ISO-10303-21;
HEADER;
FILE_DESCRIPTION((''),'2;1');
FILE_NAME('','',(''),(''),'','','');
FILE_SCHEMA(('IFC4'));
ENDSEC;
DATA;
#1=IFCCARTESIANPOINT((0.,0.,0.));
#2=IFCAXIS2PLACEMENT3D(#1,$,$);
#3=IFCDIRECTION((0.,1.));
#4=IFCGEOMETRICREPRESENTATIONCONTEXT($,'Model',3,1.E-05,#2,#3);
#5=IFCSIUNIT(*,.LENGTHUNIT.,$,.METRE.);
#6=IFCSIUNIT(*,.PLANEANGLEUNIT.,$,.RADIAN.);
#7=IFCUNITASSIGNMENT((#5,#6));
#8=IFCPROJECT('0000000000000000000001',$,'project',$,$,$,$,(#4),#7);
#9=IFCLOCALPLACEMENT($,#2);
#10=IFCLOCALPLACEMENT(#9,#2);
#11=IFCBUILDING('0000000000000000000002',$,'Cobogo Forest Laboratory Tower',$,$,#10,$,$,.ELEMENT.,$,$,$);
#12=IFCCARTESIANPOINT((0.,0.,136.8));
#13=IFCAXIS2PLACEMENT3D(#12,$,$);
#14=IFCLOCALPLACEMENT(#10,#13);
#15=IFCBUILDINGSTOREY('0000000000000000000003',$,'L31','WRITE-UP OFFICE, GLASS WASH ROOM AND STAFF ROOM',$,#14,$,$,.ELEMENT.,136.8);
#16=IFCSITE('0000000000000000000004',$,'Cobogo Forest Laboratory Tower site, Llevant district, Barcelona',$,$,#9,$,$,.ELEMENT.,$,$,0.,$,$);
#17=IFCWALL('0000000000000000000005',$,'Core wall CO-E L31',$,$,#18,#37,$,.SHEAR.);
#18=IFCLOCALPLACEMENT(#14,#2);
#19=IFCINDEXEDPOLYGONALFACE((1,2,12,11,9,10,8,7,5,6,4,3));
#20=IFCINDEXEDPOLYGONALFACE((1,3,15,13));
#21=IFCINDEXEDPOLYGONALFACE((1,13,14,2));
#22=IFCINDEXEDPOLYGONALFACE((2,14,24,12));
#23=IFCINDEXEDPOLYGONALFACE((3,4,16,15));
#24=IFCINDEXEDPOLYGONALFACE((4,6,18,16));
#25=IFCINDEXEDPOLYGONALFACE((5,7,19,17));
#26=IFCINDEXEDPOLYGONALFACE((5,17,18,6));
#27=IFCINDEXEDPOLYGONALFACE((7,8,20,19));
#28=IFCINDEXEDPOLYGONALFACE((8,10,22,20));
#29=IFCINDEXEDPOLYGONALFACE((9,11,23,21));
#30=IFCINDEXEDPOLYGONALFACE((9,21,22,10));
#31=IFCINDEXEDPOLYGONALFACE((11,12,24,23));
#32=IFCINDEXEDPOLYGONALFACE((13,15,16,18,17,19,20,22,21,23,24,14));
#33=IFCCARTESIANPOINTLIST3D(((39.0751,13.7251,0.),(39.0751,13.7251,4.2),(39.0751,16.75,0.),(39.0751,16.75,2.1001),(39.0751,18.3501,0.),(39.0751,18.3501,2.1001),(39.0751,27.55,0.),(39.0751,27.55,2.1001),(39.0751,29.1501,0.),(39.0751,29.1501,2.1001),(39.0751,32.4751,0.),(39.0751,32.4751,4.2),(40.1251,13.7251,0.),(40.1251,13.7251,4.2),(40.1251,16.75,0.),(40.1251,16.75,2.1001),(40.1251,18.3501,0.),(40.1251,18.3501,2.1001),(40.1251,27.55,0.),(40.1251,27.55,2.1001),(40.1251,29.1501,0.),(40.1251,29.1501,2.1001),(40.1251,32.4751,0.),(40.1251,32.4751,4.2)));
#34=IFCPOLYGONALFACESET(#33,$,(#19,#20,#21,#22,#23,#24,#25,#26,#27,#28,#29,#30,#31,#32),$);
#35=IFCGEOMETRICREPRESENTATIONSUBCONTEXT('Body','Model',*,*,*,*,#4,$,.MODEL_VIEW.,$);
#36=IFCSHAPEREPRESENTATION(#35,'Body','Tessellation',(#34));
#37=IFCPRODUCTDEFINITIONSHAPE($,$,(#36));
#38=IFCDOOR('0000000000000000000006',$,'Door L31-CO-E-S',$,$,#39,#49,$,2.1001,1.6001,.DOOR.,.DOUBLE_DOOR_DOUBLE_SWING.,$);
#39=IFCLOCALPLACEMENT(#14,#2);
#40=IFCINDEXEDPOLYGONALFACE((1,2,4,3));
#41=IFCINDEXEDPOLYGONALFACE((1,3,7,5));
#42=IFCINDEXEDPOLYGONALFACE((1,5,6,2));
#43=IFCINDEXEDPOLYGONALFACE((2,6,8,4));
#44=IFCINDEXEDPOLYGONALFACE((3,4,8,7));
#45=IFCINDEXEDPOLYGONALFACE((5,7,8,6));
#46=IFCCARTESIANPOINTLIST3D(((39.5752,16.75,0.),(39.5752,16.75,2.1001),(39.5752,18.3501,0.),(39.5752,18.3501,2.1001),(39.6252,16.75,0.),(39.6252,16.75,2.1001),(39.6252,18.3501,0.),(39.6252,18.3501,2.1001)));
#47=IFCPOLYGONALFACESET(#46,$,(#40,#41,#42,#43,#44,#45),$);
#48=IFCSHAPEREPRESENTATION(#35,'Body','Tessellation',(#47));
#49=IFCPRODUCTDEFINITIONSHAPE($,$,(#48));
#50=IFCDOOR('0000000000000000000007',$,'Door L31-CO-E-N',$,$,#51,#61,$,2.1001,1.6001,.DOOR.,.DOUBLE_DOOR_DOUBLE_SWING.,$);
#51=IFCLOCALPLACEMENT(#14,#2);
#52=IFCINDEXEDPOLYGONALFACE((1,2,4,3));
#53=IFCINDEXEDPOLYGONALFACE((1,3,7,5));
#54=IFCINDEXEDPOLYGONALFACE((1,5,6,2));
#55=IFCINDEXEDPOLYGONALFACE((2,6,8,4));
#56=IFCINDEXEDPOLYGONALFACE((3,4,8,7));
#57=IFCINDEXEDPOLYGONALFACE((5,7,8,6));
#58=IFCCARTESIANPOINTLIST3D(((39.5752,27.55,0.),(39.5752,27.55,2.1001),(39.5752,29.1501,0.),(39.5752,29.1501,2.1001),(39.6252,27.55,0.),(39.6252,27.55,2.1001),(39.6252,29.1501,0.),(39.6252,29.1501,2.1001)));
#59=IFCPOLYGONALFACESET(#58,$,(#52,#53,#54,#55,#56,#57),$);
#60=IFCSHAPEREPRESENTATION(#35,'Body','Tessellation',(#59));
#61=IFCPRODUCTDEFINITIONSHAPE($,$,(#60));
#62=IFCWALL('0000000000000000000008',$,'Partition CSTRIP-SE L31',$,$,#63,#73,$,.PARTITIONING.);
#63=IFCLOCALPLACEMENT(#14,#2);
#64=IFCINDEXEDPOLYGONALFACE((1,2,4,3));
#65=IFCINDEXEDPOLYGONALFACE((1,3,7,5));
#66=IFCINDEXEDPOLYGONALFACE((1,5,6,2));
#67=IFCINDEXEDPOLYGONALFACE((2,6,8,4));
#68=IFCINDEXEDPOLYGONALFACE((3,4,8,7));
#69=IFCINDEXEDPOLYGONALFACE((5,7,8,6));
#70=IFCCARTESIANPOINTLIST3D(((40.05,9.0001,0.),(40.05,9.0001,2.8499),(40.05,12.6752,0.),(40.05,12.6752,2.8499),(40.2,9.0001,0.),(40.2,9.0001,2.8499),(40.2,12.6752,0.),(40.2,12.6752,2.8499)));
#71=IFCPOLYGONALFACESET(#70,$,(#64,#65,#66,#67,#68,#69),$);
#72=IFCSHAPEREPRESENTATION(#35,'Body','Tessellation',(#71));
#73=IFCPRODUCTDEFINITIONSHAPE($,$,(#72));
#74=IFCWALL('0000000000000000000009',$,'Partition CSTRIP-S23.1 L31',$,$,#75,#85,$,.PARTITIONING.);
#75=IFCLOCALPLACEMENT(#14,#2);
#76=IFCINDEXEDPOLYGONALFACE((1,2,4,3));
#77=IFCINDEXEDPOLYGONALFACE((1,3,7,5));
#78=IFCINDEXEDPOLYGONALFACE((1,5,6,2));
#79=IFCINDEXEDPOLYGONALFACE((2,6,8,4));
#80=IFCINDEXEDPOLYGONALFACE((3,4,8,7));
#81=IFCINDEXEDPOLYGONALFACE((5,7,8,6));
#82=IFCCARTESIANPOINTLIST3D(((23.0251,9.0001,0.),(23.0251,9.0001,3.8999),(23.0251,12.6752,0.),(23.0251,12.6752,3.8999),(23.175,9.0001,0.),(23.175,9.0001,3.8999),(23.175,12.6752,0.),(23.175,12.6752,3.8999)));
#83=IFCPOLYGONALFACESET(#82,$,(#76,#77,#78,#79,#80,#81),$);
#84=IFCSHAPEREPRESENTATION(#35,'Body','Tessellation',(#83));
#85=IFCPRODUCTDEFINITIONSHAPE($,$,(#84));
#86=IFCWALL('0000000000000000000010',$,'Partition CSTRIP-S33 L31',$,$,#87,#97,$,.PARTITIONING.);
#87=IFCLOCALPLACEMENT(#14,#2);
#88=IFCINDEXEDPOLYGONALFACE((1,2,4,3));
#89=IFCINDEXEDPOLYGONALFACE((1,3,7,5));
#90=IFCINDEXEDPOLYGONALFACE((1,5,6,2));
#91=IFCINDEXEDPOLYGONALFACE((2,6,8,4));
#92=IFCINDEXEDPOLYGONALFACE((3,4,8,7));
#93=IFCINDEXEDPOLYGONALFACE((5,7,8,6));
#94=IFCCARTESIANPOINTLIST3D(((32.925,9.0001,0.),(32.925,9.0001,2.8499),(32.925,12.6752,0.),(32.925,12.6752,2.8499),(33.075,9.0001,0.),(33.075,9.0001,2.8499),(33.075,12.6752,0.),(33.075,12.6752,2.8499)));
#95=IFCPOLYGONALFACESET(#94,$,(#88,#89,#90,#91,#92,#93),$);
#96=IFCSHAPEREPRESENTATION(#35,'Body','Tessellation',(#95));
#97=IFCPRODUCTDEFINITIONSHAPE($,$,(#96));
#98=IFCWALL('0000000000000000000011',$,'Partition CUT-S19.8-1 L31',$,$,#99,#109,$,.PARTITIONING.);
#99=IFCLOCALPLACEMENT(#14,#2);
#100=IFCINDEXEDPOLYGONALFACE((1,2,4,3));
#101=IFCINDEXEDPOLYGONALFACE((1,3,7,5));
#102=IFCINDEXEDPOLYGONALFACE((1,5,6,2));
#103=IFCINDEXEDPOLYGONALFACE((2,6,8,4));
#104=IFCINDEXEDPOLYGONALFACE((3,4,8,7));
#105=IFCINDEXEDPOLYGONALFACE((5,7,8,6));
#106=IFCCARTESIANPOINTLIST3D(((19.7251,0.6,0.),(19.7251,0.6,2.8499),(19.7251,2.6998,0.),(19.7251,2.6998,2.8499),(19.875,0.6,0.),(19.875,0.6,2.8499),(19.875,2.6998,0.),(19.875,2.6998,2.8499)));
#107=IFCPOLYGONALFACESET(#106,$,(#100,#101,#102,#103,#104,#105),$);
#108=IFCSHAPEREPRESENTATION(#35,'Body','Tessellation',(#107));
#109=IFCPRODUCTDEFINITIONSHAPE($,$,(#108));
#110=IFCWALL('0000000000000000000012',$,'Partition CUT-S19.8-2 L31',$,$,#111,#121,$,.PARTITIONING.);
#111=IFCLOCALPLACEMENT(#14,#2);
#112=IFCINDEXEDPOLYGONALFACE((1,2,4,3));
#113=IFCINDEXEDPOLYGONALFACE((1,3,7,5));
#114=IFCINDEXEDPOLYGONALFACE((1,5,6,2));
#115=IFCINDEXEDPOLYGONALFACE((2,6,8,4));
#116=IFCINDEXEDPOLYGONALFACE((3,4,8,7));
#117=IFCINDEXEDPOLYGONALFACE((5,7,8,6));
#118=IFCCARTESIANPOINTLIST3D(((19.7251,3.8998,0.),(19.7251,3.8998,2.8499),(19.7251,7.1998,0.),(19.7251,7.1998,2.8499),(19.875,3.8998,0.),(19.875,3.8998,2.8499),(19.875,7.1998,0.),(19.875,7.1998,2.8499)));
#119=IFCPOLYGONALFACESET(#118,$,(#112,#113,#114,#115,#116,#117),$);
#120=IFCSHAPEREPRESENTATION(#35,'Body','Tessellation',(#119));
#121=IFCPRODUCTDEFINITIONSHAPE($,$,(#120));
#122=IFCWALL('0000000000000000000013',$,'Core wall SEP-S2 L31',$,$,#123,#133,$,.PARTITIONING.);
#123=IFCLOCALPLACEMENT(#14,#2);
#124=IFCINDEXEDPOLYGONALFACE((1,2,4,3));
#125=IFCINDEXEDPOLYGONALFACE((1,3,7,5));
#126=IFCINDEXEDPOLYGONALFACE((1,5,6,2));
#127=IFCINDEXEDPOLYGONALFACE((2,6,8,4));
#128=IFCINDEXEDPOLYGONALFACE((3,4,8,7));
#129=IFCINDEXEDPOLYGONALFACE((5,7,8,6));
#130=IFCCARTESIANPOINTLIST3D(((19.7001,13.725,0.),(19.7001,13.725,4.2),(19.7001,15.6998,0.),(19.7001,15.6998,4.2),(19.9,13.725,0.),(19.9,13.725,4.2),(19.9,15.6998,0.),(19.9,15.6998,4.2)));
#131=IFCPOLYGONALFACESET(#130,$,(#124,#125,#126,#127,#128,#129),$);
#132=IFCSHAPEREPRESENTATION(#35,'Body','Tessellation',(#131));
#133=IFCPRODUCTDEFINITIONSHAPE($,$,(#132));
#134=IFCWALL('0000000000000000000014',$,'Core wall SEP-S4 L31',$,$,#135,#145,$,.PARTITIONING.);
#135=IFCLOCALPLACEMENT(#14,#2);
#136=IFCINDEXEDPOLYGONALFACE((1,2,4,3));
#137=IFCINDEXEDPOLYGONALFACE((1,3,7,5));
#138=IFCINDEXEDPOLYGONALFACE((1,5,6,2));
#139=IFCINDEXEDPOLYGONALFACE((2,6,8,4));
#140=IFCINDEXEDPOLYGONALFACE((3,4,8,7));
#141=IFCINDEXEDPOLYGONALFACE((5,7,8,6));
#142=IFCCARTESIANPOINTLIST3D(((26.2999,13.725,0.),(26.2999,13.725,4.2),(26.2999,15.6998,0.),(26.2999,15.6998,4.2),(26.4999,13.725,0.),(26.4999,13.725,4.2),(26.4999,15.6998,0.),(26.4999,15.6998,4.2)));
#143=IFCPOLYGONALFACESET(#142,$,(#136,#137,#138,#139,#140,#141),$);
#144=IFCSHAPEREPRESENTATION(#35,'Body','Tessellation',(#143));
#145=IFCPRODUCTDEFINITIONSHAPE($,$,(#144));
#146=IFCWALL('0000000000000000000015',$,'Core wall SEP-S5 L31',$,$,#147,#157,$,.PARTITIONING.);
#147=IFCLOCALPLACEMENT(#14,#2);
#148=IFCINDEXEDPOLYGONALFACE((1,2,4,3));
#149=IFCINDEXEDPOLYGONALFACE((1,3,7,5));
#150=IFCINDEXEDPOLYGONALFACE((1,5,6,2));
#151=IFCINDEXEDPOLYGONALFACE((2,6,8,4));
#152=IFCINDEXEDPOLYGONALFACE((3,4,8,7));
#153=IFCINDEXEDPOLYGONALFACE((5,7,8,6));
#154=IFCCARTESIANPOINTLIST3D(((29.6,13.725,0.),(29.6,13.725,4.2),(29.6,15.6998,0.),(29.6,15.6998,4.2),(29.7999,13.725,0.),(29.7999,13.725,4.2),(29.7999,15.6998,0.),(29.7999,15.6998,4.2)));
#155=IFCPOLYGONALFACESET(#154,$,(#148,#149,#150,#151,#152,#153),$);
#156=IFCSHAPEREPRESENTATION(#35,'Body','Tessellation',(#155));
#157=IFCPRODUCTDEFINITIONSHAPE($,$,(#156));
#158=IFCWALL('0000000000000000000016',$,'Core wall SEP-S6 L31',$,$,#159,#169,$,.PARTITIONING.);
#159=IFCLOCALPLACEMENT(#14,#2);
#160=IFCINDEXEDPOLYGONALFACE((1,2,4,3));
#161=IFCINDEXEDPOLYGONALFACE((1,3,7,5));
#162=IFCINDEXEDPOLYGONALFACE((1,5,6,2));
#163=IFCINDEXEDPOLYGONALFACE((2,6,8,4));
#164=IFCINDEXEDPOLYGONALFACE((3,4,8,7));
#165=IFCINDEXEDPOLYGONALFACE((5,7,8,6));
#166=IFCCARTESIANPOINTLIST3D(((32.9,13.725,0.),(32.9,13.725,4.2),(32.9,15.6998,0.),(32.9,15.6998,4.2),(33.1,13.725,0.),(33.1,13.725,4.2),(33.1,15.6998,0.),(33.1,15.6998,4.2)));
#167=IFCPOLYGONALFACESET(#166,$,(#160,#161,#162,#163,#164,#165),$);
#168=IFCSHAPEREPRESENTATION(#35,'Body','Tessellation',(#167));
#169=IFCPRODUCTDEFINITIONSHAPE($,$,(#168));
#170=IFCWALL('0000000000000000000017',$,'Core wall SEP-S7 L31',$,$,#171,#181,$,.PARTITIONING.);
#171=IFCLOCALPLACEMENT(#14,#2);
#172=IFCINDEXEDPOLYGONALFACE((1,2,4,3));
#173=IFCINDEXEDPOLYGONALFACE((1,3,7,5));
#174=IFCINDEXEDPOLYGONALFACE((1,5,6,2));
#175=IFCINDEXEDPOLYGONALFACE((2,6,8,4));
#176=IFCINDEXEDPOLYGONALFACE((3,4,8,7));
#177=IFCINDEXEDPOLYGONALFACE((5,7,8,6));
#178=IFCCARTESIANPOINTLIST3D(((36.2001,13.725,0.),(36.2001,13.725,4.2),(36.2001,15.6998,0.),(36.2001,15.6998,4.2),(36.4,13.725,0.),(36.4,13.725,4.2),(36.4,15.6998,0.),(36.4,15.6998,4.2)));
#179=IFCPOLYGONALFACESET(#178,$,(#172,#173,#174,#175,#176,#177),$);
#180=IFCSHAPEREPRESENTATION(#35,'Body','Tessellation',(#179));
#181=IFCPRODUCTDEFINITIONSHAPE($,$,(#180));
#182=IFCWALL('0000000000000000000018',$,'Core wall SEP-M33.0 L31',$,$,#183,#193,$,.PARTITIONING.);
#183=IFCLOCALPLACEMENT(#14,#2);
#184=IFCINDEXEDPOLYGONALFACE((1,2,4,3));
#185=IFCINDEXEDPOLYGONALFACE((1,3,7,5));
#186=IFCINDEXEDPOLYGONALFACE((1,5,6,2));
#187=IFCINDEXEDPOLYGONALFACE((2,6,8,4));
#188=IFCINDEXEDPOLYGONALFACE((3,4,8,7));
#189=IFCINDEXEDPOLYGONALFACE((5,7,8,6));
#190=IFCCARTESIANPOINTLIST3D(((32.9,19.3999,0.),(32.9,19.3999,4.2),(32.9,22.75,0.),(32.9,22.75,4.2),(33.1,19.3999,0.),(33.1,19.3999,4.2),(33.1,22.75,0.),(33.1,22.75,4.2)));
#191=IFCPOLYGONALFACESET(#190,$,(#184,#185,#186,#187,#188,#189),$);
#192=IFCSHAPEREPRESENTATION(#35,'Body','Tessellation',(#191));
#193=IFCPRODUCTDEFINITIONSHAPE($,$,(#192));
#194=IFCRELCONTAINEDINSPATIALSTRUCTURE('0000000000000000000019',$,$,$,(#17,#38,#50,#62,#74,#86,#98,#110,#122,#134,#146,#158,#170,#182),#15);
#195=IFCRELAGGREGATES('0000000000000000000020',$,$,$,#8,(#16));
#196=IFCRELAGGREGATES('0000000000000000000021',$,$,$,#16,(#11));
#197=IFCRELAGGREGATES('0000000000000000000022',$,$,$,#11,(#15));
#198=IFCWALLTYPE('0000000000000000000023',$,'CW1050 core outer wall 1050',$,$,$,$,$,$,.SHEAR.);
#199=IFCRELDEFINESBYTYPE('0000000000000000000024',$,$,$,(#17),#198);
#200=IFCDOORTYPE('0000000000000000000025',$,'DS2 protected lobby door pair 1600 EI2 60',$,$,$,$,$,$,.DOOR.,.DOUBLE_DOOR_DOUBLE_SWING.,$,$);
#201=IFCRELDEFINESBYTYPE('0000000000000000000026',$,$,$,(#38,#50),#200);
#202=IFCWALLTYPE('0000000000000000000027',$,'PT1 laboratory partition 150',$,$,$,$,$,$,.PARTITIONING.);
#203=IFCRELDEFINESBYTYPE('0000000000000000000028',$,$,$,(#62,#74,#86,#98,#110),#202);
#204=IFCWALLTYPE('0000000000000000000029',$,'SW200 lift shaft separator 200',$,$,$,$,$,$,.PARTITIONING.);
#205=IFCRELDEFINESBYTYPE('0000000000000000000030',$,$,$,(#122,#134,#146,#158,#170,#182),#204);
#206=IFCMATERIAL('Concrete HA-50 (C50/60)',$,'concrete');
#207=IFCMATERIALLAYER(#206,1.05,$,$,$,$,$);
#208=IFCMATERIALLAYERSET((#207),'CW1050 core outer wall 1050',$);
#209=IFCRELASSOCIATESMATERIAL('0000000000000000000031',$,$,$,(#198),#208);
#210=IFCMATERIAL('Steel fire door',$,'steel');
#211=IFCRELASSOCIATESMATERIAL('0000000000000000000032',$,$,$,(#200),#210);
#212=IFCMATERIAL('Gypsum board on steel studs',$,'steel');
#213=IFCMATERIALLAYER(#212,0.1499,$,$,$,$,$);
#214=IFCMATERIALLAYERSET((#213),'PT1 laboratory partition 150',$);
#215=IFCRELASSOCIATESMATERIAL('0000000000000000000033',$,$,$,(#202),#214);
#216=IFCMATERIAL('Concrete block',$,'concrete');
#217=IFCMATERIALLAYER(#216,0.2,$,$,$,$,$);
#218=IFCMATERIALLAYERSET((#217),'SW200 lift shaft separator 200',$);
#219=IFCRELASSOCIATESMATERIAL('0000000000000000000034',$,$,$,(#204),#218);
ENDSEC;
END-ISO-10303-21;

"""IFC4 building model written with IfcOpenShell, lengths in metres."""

from ifc_helpers import new_model, si_unit, direction, frame, frame_2d, origin, place, context, subcontext, project, spatial, rectangle, extrude, material, layer, layer_set, type_object, element, fill, save


model = new_model("IFC4")

# Units and contexts
model_context = context("Model", 3, precision=1e-05, world=origin(), true_north=direction((0.0, 1.0)))
body_context = subcontext(model_context, "Body", "Model", "MODEL_VIEW")
ifc_project = project(units=[si_unit("LENGTHUNIT", "METRE"), si_unit("PLANEANGLEUNIT", "RADIAN")], contexts=[model_context])

# Site, building, storey
site_placement = place(None, origin())
site = spatial("IfcSite", under=ifc_project, at=site_placement, Name="Cobogo Forest Laboratory Tower site, Llevant district, Barcelona", CompositionType="ELEMENT", RefElevation=0.0)
building_placement = place(site_placement, origin())
building = spatial("IfcBuilding", under=site, at=building_placement, Name="Cobogo Forest Laboratory Tower", CompositionType="ELEMENT")
storey_placement = place(building_placement, frame((0.0, 0.0, 136.8)))
storey = spatial("IfcBuildingStorey", under=building, at=storey_placement, Name="L31", Description="WRITE-UP OFFICE, GLASS WASH ROOM AND STAFF ROOM", CompositionType="ELEMENT", Elevation=136.8)

# Shared definitions
ifc_material_1 = material(Name="Concrete HA-50 (C50/60)", Category="concrete")

# Wall, openings, doors
ifc_layer_1 = layer(ifc_material_1, 1.05)
ifc_layer_set_1 = layer_set([ifc_layer_1], Name="CW1050 core outer wall 1050")
wall_type_1 = type_object("IfcWallType", Name="CW1050 core outer wall 1050", PredefinedType="SHEAR", material=ifc_layer_set_1)
wall_1_placement = place(storey_placement, frame((39.6001, 13.7251, 0.0), z_axis=(0.0, 0.0, 1.0), x_axis=(0.0, 1.0, 0.0)))
wall_1 = element("IfcWall", 1, at=wall_1_placement, inside=storey, type_object=wall_type_1, Name="Core wall CO-E L31", PredefinedType="SHEAR", context=body_context, shape_type="SweptSolid", body=[
    extrude(rectangle(XDim=18.75, YDim=1.05, at=frame_2d((9.375, 0.0))), origin(), (0.0, 0.0, 1.0), 4.2),
])
opening_1_placement = place(wall_1_placement, frame((3.0249, 0.0, 0.0)))
opening_1 = element("IfcOpeningElement", 2, at=opening_1_placement, cuts=wall_1, PredefinedType="OPENING", context=body_context, shape_type="SweptSolid", body=[
    extrude(rectangle(XDim=1.6001, YDim=2.1001, at=frame_2d((0.8, 1.05))), frame((0.0, 0.5349, 0.0), z_axis=(0.0, -1.0, 0.0), x_axis=(1.0, 0.0, 0.0)), (0.0, 0.0, 1.0), 1.0701),
])
opening_2_placement = place(wall_1_placement, frame((13.825, 0.0, 0.0)))
opening_2 = element("IfcOpeningElement", 3, at=opening_2_placement, cuts=wall_1, PredefinedType="OPENING", context=body_context, shape_type="SweptSolid", body=[
    extrude(rectangle(XDim=1.6001, YDim=2.1001, at=frame_2d((0.8, 1.05))), frame((0.0, 0.5349, 0.0), z_axis=(0.0, -1.0, 0.0), x_axis=(1.0, 0.0, 0.0)), (0.0, 0.0, 1.0), 1.0701),
])
ifc_material_2 = material(Name="Steel fire door", Category="steel")
door_type = type_object("IfcDoorType", Name="DS2 protected lobby door pair 1600 EI2 60", OperationType="DOUBLE_DOOR_DOUBLE_SWING", PredefinedType="DOOR", material=ifc_material_2)
door_1_placement = place(opening_1_placement, origin())
door_1 = element("IfcDoor", 4, at=door_1_placement, inside=storey, type_object=door_type, Name="Door L31-CO-E-S", OperationType="DOUBLE_DOOR_DOUBLE_SWING", OverallHeight=2.1001, OverallWidth=1.6001, PredefinedType="DOOR", context=body_context, shape_type="SweptSolid", body=[
    extrude(rectangle(XDim=1.6001, YDim=2.1001, at=frame_2d((0.8, 1.05))), frame((0.0, 0.0249, 0.0), z_axis=(0.0, -1.0, 0.0), x_axis=(1.0, 0.0, 0.0)), (0.0, 0.0, 1.0), 0.05),
])
fill(opening_1, door_1)
door_2_placement = place(opening_2_placement, origin())
door_2 = element("IfcDoor", 5, at=door_2_placement, inside=storey, type_object=door_type, Name="Door L31-CO-E-N", OperationType="DOUBLE_DOOR_DOUBLE_SWING", OverallHeight=2.1001, OverallWidth=1.6001, PredefinedType="DOOR", context=body_context, shape_type="SweptSolid", body=[
    extrude(rectangle(XDim=1.6001, YDim=2.1001, at=frame_2d((0.8, 1.05))), frame((0.0, 0.0249, 0.0), z_axis=(0.0, -1.0, 0.0), x_axis=(1.0, 0.0, 0.0)), (0.0, 0.0, 1.0), 0.05),
])
fill(opening_2, door_2)

# Walls
ifc_material_3 = material(Name="Gypsum board on steel studs", Category="steel")
ifc_layer_2 = layer(ifc_material_3, 0.1499)
ifc_layer_set_2 = layer_set([ifc_layer_2], Name="PT1 laboratory partition 150")
wall_type_2 = type_object("IfcWallType", Name="PT1 laboratory partition 150", PredefinedType="PARTITIONING", material=ifc_layer_set_2)
wall_2_placement = place(storey_placement, frame((40.125, 12.675, 0.0), z_axis=(0.0, 0.0, 1.0), x_axis=(0.0, -1.0, 0.0)))
element("IfcWall", 6, at=wall_2_placement, inside=storey, type_object=wall_type_2, Name="Partition CSTRIP-SE L31", PredefinedType="PARTITIONING", context=body_context, shape_type="SweptSolid", body=[
    extrude(rectangle(XDim=3.675, YDim=0.1499, at=frame_2d((1.8374, 0.0))), origin(), (0.0, 0.0, 1.0), 2.8499),
])
wall_3_placement = place(storey_placement, frame((23.1001, 12.675, 0.0), z_axis=(0.0, 0.0, 1.0), x_axis=(0.0, -1.0, 0.0)))
element("IfcWall", 7, at=wall_3_placement, inside=storey, type_object=wall_type_2, Name="Partition CSTRIP-S23.1 L31", PredefinedType="PARTITIONING", context=body_context, shape_type="SweptSolid", body=[
    extrude(rectangle(XDim=3.675, YDim=0.1499, at=frame_2d((1.8374, 0.0))), origin(), (0.0, 0.0, 1.0), 3.8999),
])
wall_4_placement = place(storey_placement, frame((33.0, 12.675, 0.0), z_axis=(0.0, 0.0, 1.0), x_axis=(0.0, -1.0, 0.0)))
element("IfcWall", 8, at=wall_4_placement, inside=storey, type_object=wall_type_2, Name="Partition CSTRIP-S33 L31", PredefinedType="PARTITIONING", context=body_context, shape_type="SweptSolid", body=[
    extrude(rectangle(XDim=3.675, YDim=0.1499, at=frame_2d((1.8374, 0.0))), origin(), (0.0, 0.0, 1.0), 2.8499),
])
wall_5_placement = place(storey_placement, frame((19.8, 0.6001, 0.0), z_axis=(0.0, 0.0, 1.0), x_axis=(0.0, 1.0, 0.0)))
element("IfcWall", 9, at=wall_5_placement, inside=storey, type_object=wall_type_2, Name="Partition CUT-S19.8-1 L31", PredefinedType="PARTITIONING", context=body_context, shape_type="SweptSolid", body=[
    extrude(rectangle(XDim=2.0999, YDim=0.1499, at=frame_2d((1.0498, 0.0))), origin(), (0.0, 0.0, 1.0), 2.8499),
])
wall_6_placement = place(storey_placement, frame((19.8, 3.8999, 0.0), z_axis=(0.0, 0.0, 1.0), x_axis=(0.0, 1.0, 0.0)))
element("IfcWall", 10, at=wall_6_placement, inside=storey, type_object=wall_type_2, Name="Partition CUT-S19.8-2 L31", PredefinedType="PARTITIONING", context=body_context, shape_type="SweptSolid", body=[
    extrude(rectangle(XDim=3.3, YDim=0.1499, at=frame_2d((1.6499, 0.0))), origin(), (0.0, 0.0, 1.0), 2.8499),
])
ifc_material_4 = material(Name="Concrete block", Category="concrete")
ifc_layer_3 = layer(ifc_material_4, 0.2)
ifc_layer_set_3 = layer_set([ifc_layer_3], Name="SW200 lift shaft separator 200")
wall_type_3 = type_object("IfcWallType", Name="SW200 lift shaft separator 200", PredefinedType="PARTITIONING", material=ifc_layer_set_3)
for number, where, z_axis, x_axis, name in (
    (11, (19.8, 13.7251, 0.0), (0.0, 0.0, 1.0), (0.0, 1.0, 0.0), "Core wall SEP-S2 L31"),
    (12, (26.3999, 13.7251, 0.0), (0.0, 0.0, 1.0), (0.0, 1.0, 0.0), "Core wall SEP-S4 L31"),
    (13, (29.7, 13.7251, 0.0), (0.0, 0.0, 1.0), (0.0, 1.0, 0.0), "Core wall SEP-S5 L31"),
    (14, (33.0, 13.7251, 0.0), (0.0, 0.0, 1.0), (0.0, 1.0, 0.0), "Core wall SEP-S6 L31"),
    (15, (36.3, 13.7251, 0.0), (0.0, 0.0, 1.0), (0.0, 1.0, 0.0), "Core wall SEP-S7 L31"),
):
    element("IfcWall", number, at=place(storey_placement, frame(where, z_axis=z_axis, x_axis=x_axis)), inside=storey, type_object=wall_type_3, Name=name, PredefinedType="PARTITIONING", context=body_context, shape_type="SweptSolid", body=[
        extrude(rectangle(XDim=1.9749, YDim=0.2, at=frame_2d((0.9873, 0.0))), origin(), (0.0, 0.0, 1.0), 4.2),
    ])
for number, where, z_axis, x_axis, name in (
    (16, (33.0, 19.3999, 0.0), (0.0, 0.0, 1.0), (0.0, 1.0, 0.0), "Core wall SEP-M33.0 L31"),
):
    element("IfcWall", number, at=place(storey_placement, frame(where, z_axis=z_axis, x_axis=x_axis)), inside=storey, type_object=wall_type_3, Name=name, PredefinedType="PARTITIONING", context=body_context, shape_type="SweptSolid", body=[
        extrude(rectangle(XDim=3.3501, YDim=0.2, at=frame_2d((1.675, 0.0))), origin(), (0.0, 0.0, 1.0), 4.2),
    ])

save(model, "model.ifc")
